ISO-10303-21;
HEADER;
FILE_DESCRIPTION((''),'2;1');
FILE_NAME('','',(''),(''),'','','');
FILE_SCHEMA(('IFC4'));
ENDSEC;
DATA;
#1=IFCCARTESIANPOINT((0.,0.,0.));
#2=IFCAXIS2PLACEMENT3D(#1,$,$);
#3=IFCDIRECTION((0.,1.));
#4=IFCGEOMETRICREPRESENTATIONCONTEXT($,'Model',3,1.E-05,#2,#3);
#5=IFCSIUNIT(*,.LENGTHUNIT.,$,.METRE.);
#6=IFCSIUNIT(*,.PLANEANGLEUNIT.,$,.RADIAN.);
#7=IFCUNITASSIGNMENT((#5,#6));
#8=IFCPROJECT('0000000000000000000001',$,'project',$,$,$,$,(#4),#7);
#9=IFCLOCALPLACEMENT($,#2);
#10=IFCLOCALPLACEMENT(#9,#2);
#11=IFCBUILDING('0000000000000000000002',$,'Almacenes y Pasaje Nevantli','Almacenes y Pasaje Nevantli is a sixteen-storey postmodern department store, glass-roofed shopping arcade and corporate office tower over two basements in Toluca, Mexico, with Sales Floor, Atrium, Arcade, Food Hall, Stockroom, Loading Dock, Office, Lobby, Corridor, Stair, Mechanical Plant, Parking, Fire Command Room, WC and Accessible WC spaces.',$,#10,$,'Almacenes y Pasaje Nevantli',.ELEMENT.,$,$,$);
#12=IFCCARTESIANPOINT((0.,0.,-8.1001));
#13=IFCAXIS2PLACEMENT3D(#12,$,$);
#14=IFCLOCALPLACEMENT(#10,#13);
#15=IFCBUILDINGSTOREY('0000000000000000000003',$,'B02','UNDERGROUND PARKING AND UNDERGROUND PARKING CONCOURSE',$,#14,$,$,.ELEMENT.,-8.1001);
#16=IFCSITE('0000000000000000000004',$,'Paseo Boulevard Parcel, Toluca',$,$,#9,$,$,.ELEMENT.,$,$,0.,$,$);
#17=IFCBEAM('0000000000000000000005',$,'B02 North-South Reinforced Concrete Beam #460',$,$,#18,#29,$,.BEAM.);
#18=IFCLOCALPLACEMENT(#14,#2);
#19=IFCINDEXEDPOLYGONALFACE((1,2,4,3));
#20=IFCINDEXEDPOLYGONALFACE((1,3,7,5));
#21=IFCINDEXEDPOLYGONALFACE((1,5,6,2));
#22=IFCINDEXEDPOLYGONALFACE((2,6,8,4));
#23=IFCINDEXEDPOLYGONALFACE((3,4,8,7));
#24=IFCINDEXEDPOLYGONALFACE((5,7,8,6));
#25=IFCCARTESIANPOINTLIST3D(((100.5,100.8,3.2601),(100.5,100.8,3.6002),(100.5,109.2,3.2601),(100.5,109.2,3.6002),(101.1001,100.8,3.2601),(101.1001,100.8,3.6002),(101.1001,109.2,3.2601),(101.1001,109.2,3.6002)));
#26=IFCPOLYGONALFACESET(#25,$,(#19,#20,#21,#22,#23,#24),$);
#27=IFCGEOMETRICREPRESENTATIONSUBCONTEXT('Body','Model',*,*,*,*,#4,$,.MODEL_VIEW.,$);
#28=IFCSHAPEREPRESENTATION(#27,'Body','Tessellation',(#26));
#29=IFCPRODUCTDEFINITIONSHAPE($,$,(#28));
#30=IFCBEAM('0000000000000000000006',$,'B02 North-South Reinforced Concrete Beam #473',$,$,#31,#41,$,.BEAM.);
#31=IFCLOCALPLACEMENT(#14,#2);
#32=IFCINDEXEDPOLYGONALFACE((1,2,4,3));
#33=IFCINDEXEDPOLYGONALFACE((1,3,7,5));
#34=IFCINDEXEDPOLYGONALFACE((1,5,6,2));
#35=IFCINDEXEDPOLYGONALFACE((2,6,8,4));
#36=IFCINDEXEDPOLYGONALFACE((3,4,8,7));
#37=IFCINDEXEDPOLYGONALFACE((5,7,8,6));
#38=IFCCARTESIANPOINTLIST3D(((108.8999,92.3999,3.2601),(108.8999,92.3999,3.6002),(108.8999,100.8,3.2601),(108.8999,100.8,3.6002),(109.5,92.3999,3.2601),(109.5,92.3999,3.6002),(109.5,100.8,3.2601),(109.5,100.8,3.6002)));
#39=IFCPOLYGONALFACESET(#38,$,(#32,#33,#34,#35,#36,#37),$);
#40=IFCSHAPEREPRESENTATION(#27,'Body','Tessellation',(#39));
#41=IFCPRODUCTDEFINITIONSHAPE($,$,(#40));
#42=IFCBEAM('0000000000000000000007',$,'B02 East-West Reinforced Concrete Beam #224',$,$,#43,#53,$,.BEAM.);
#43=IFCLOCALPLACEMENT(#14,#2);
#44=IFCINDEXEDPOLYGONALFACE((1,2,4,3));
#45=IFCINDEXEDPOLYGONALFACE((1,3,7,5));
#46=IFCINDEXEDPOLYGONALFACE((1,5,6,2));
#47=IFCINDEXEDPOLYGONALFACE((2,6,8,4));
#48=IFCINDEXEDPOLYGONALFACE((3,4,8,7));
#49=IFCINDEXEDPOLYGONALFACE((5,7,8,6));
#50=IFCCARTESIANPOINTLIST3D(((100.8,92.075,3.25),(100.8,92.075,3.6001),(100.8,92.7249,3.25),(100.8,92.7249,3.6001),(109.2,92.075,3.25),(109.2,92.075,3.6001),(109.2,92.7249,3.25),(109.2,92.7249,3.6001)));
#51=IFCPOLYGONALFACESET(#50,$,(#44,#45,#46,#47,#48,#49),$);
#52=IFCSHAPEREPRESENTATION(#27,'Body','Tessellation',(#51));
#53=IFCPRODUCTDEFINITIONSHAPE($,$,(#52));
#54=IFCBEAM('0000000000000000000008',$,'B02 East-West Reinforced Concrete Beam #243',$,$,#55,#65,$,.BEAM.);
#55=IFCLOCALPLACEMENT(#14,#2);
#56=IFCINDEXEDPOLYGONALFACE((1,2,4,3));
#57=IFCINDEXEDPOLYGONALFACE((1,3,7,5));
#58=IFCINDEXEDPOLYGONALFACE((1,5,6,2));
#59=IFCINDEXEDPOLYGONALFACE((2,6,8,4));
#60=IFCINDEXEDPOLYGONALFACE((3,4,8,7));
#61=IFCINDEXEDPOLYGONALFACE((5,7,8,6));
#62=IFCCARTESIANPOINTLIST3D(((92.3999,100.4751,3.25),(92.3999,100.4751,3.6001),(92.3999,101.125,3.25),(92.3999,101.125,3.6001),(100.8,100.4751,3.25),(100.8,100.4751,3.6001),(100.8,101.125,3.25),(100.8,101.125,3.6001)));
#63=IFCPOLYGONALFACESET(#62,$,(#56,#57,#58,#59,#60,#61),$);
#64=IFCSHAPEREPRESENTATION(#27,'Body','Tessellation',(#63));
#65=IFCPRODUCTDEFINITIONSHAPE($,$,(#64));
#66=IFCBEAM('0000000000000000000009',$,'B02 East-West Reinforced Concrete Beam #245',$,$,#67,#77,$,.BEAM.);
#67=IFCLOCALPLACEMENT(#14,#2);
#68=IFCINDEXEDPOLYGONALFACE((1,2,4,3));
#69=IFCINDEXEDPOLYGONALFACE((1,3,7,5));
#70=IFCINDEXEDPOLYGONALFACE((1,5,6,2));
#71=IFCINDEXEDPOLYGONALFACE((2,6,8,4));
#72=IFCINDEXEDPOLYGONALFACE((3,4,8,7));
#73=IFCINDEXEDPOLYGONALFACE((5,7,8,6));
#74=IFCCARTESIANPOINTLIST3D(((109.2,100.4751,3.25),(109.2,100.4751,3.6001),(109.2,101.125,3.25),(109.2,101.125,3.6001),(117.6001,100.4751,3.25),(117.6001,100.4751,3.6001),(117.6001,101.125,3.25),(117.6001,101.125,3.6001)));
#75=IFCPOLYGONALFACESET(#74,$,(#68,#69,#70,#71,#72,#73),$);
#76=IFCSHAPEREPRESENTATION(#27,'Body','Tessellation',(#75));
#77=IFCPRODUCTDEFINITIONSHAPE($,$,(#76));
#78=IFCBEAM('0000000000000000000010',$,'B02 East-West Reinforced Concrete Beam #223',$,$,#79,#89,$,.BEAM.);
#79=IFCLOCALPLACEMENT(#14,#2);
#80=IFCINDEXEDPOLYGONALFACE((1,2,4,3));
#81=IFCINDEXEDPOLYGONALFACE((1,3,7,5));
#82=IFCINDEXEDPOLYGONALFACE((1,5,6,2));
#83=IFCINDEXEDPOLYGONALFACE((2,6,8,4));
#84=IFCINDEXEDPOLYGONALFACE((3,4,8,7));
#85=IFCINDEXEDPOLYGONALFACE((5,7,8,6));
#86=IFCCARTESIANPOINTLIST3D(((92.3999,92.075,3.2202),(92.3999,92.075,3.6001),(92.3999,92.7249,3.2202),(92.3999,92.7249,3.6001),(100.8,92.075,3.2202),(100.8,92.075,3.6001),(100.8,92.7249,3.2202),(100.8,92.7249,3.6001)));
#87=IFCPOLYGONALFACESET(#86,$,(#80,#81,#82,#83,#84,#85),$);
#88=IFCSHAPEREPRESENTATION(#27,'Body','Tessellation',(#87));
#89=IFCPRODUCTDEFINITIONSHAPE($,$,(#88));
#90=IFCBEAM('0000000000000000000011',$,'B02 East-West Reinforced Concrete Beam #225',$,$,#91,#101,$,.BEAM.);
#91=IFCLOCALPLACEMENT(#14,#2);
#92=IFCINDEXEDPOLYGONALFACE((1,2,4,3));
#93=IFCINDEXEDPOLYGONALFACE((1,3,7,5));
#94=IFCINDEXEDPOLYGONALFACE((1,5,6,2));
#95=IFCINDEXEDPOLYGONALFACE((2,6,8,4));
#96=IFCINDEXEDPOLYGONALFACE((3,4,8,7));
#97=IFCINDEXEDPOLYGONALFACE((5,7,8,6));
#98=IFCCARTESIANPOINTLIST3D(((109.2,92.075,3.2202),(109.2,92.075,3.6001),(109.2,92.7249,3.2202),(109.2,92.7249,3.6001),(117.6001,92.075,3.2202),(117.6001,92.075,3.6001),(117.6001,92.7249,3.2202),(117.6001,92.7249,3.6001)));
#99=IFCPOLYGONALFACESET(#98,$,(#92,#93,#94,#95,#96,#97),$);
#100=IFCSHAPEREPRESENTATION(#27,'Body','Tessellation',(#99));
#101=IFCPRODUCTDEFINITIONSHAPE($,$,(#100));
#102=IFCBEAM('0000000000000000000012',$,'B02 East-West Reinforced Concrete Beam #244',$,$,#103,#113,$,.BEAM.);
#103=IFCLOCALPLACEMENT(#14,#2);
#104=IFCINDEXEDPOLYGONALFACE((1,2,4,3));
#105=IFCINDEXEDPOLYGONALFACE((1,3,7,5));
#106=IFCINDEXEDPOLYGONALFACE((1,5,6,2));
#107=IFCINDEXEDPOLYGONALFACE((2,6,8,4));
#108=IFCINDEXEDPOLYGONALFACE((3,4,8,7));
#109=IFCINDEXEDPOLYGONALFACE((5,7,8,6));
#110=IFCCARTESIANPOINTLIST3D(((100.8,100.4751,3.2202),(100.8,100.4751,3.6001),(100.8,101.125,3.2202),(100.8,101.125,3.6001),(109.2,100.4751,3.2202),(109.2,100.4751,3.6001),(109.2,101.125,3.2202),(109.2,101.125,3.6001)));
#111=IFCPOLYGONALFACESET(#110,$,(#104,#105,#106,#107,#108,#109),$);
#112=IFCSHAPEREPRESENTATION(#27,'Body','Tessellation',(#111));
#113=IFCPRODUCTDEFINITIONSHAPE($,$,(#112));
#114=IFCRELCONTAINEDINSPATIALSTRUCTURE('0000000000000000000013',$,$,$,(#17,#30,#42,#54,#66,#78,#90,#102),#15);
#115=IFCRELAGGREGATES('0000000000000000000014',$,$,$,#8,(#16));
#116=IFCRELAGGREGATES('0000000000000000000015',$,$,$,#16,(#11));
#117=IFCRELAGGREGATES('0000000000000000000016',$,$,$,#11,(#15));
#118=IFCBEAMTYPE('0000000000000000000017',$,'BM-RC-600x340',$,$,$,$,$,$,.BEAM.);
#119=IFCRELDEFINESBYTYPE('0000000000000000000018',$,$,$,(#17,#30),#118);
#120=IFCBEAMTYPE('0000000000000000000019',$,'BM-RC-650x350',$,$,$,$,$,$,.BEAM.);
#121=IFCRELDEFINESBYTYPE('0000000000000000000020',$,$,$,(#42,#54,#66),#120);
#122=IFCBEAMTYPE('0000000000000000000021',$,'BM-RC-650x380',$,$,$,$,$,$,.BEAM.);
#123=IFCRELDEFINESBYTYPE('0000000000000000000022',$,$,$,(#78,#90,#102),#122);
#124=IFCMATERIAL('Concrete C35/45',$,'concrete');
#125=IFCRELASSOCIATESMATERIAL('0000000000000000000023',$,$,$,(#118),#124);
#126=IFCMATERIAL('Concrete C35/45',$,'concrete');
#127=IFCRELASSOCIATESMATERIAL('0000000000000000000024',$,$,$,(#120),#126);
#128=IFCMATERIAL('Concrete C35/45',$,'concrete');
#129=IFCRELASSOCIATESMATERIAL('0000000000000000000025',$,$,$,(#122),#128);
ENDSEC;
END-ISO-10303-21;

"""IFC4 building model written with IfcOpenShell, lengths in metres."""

from ifc_helpers import new_model, si_unit, direction, frame, origin, origin_2d, place, context, subcontext, project, spatial, rectangle, extrude, material, material_profile, profile_set, type_object, element, save


model = new_model("IFC4")

# Units and contexts
model_context = context("Model", 3, precision=1e-05, world=origin(), true_north=direction((0.0, 1.0)))
body_context = subcontext(model_context, "Body", "Model", "MODEL_VIEW")
ifc_project = project(units=[si_unit("LENGTHUNIT", "METRE"), si_unit("PLANEANGLEUNIT", "RADIAN")], contexts=[model_context])

# Site, building, storey
site_placement = place(None, origin())
site = spatial("IfcSite", under=ifc_project, at=site_placement, Name="Paseo Boulevard Parcel, Toluca", CompositionType="ELEMENT", RefElevation=0.0)
building_placement = place(site_placement, origin())
building = spatial("IfcBuilding", under=site, at=building_placement, Name="Almacenes y Pasaje Nevantli", Description="Almacenes y Pasaje Nevantli is a sixteen-storey postmodern department store, glass-roofed shopping arcade and corporate office tower over two basements in Toluca, Mexico, with Sales Floor, Atrium, Arcade, Food Hall, Stockroom, Loading Dock, Office, Lobby, Corridor, Stair, Mechanical Plant, Parking, Fire Command Room, WC and Accessible WC spaces.", LongName="Almacenes y Pasaje Nevantli", CompositionType="ELEMENT")
storey_placement = place(building_placement, frame((0.0, 0.0, -8.1001)))
storey = spatial("IfcBuildingStorey", under=building, at=storey_placement, Name="B02", Description="UNDERGROUND PARKING AND UNDERGROUND PARKING CONCOURSE", CompositionType="ELEMENT", Elevation=-8.1001)

# Beams
ifc_material_1 = material(Name="Concrete C35/45", Category="concrete")
ifc_material_profile_1 = material_profile(ifc_material_1, rectangle(XDim=0.6001, YDim=0.3401, at=origin_2d()), Name="RC-BM-600x340")
ifc_profile_set_1 = profile_set([ifc_material_profile_1], Name="Concrete C35/45")
beam_type_1 = type_object("IfcBeamType", Name="BM-RC-600x340", PredefinedType="BEAM", material=ifc_profile_set_1)
beam_1_placement = place(storey_placement, frame((100.8, 100.8, 3.4302), z_axis=(0.0, 1.0, 0.0), x_axis=(-1.0, 0.0, 0.0)))
element("IfcBeam", 1, at=beam_1_placement, inside=storey, type_object=beam_type_1, Name="B02 North-South Reinforced Concrete Beam #460", PredefinedType="BEAM", context=body_context, shape_type="SweptSolid", body=[
    extrude(rectangle(XDim=0.6001, YDim=0.3401, at=origin_2d()), origin(), (0.0, 0.0, 1.0), 8.3999),
])
beam_2_placement = place(storey_placement, frame((109.2, 92.3999, 3.4302), z_axis=(0.0, 1.0, 0.0), x_axis=(-1.0, 0.0, 0.0)))
element("IfcBeam", 2, at=beam_2_placement, inside=storey, type_object=beam_type_1, Name="B02 North-South Reinforced Concrete Beam #473", PredefinedType="BEAM", context=body_context, shape_type="SweptSolid", body=[
    extrude(rectangle(XDim=0.6001, YDim=0.3401, at=origin_2d()), origin(), (0.0, 0.0, 1.0), 8.4001),
])
ifc_material_2 = material(Name="Concrete C35/45", Category="concrete")
ifc_material_profile_2 = material_profile(ifc_material_2, rectangle(XDim=0.6499, YDim=0.3501, at=origin_2d()), Name="RC-BM-650x350")
ifc_profile_set_2 = profile_set([ifc_material_profile_2], Name="Concrete C35/45")
beam_type_2 = type_object("IfcBeamType", Name="BM-RC-650x350", PredefinedType="BEAM", material=ifc_profile_set_2)
beam_3_placement = place(storey_placement, frame((100.8, 92.3999, 3.425), z_axis=(1.0, 0.0, 0.0), x_axis=(0.0, 1.0, 0.0)))
element("IfcBeam", 3, at=beam_3_placement, inside=storey, type_object=beam_type_2, Name="B02 East-West Reinforced Concrete Beam #224", PredefinedType="BEAM", context=body_context, shape_type="SweptSolid", body=[
    extrude(rectangle(XDim=0.6499, YDim=0.3501, at=origin_2d()), origin(), (0.0, 0.0, 1.0), 8.3999),
])
for number, where, z_axis, x_axis, name in (
    (4, (92.3999, 100.8, 3.425), (1.0, 0.0, 0.0), (0.0, 1.0, 0.0), "B02 East-West Reinforced Concrete Beam #243"),
    (5, (109.2, 100.8, 3.425), (1.0, 0.0, 0.0), (0.0, 1.0, 0.0), "B02 East-West Reinforced Concrete Beam #245"),
):
    element("IfcBeam", number, at=place(storey_placement, frame(where, z_axis=z_axis, x_axis=x_axis)), inside=storey, type_object=beam_type_2, Name=name, PredefinedType="BEAM", context=body_context, shape_type="SweptSolid", body=[
        extrude(rectangle(XDim=0.6499, YDim=0.3501, at=origin_2d()), origin(), (0.0, 0.0, 1.0), 8.4001),
    ])
ifc_material_3 = material(Name="Concrete C35/45", Category="concrete")
ifc_material_profile_3 = material_profile(ifc_material_3, rectangle(XDim=0.6499, YDim=0.3799, at=origin_2d()), Name="RC-BM-650x380")
ifc_profile_set_3 = profile_set([ifc_material_profile_3], Name="Concrete C35/45")
beam_type_3 = type_object("IfcBeamType", Name="BM-RC-650x380", PredefinedType="BEAM", material=ifc_profile_set_3)
for number, where, z_axis, x_axis, name in (
    (6, (92.3999, 92.3999, 3.4102), (1.0, 0.0, 0.0), (0.0, 1.0, 0.0), "B02 East-West Reinforced Concrete Beam #223"),
    (7, (109.2, 92.3999, 3.4102), (1.0, 0.0, 0.0), (0.0, 1.0, 0.0), "B02 East-West Reinforced Concrete Beam #225"),
):
    element("IfcBeam", number, at=place(storey_placement, frame(where, z_axis=z_axis, x_axis=x_axis)), inside=storey, type_object=beam_type_3, Name=name, PredefinedType="BEAM", context=body_context, shape_type="SweptSolid", body=[
        extrude(rectangle(XDim=0.6499, YDim=0.3799, at=origin_2d()), origin(), (0.0, 0.0, 1.0), 8.4001),
    ])
beam_4_placement = place(storey_placement, frame((100.8, 100.8, 3.4102), z_axis=(1.0, 0.0, 0.0), x_axis=(0.0, 1.0, 0.0)))
element("IfcBeam", 8, at=beam_4_placement, inside=storey, type_object=beam_type_3, Name="B02 East-West Reinforced Concrete Beam #244", PredefinedType="BEAM", context=body_context, shape_type="SweptSolid", body=[
    extrude(rectangle(XDim=0.6499, YDim=0.3799, at=origin_2d()), origin(), (0.0, 0.0, 1.0), 8.3999),
])

save(model, "model.ifc")
